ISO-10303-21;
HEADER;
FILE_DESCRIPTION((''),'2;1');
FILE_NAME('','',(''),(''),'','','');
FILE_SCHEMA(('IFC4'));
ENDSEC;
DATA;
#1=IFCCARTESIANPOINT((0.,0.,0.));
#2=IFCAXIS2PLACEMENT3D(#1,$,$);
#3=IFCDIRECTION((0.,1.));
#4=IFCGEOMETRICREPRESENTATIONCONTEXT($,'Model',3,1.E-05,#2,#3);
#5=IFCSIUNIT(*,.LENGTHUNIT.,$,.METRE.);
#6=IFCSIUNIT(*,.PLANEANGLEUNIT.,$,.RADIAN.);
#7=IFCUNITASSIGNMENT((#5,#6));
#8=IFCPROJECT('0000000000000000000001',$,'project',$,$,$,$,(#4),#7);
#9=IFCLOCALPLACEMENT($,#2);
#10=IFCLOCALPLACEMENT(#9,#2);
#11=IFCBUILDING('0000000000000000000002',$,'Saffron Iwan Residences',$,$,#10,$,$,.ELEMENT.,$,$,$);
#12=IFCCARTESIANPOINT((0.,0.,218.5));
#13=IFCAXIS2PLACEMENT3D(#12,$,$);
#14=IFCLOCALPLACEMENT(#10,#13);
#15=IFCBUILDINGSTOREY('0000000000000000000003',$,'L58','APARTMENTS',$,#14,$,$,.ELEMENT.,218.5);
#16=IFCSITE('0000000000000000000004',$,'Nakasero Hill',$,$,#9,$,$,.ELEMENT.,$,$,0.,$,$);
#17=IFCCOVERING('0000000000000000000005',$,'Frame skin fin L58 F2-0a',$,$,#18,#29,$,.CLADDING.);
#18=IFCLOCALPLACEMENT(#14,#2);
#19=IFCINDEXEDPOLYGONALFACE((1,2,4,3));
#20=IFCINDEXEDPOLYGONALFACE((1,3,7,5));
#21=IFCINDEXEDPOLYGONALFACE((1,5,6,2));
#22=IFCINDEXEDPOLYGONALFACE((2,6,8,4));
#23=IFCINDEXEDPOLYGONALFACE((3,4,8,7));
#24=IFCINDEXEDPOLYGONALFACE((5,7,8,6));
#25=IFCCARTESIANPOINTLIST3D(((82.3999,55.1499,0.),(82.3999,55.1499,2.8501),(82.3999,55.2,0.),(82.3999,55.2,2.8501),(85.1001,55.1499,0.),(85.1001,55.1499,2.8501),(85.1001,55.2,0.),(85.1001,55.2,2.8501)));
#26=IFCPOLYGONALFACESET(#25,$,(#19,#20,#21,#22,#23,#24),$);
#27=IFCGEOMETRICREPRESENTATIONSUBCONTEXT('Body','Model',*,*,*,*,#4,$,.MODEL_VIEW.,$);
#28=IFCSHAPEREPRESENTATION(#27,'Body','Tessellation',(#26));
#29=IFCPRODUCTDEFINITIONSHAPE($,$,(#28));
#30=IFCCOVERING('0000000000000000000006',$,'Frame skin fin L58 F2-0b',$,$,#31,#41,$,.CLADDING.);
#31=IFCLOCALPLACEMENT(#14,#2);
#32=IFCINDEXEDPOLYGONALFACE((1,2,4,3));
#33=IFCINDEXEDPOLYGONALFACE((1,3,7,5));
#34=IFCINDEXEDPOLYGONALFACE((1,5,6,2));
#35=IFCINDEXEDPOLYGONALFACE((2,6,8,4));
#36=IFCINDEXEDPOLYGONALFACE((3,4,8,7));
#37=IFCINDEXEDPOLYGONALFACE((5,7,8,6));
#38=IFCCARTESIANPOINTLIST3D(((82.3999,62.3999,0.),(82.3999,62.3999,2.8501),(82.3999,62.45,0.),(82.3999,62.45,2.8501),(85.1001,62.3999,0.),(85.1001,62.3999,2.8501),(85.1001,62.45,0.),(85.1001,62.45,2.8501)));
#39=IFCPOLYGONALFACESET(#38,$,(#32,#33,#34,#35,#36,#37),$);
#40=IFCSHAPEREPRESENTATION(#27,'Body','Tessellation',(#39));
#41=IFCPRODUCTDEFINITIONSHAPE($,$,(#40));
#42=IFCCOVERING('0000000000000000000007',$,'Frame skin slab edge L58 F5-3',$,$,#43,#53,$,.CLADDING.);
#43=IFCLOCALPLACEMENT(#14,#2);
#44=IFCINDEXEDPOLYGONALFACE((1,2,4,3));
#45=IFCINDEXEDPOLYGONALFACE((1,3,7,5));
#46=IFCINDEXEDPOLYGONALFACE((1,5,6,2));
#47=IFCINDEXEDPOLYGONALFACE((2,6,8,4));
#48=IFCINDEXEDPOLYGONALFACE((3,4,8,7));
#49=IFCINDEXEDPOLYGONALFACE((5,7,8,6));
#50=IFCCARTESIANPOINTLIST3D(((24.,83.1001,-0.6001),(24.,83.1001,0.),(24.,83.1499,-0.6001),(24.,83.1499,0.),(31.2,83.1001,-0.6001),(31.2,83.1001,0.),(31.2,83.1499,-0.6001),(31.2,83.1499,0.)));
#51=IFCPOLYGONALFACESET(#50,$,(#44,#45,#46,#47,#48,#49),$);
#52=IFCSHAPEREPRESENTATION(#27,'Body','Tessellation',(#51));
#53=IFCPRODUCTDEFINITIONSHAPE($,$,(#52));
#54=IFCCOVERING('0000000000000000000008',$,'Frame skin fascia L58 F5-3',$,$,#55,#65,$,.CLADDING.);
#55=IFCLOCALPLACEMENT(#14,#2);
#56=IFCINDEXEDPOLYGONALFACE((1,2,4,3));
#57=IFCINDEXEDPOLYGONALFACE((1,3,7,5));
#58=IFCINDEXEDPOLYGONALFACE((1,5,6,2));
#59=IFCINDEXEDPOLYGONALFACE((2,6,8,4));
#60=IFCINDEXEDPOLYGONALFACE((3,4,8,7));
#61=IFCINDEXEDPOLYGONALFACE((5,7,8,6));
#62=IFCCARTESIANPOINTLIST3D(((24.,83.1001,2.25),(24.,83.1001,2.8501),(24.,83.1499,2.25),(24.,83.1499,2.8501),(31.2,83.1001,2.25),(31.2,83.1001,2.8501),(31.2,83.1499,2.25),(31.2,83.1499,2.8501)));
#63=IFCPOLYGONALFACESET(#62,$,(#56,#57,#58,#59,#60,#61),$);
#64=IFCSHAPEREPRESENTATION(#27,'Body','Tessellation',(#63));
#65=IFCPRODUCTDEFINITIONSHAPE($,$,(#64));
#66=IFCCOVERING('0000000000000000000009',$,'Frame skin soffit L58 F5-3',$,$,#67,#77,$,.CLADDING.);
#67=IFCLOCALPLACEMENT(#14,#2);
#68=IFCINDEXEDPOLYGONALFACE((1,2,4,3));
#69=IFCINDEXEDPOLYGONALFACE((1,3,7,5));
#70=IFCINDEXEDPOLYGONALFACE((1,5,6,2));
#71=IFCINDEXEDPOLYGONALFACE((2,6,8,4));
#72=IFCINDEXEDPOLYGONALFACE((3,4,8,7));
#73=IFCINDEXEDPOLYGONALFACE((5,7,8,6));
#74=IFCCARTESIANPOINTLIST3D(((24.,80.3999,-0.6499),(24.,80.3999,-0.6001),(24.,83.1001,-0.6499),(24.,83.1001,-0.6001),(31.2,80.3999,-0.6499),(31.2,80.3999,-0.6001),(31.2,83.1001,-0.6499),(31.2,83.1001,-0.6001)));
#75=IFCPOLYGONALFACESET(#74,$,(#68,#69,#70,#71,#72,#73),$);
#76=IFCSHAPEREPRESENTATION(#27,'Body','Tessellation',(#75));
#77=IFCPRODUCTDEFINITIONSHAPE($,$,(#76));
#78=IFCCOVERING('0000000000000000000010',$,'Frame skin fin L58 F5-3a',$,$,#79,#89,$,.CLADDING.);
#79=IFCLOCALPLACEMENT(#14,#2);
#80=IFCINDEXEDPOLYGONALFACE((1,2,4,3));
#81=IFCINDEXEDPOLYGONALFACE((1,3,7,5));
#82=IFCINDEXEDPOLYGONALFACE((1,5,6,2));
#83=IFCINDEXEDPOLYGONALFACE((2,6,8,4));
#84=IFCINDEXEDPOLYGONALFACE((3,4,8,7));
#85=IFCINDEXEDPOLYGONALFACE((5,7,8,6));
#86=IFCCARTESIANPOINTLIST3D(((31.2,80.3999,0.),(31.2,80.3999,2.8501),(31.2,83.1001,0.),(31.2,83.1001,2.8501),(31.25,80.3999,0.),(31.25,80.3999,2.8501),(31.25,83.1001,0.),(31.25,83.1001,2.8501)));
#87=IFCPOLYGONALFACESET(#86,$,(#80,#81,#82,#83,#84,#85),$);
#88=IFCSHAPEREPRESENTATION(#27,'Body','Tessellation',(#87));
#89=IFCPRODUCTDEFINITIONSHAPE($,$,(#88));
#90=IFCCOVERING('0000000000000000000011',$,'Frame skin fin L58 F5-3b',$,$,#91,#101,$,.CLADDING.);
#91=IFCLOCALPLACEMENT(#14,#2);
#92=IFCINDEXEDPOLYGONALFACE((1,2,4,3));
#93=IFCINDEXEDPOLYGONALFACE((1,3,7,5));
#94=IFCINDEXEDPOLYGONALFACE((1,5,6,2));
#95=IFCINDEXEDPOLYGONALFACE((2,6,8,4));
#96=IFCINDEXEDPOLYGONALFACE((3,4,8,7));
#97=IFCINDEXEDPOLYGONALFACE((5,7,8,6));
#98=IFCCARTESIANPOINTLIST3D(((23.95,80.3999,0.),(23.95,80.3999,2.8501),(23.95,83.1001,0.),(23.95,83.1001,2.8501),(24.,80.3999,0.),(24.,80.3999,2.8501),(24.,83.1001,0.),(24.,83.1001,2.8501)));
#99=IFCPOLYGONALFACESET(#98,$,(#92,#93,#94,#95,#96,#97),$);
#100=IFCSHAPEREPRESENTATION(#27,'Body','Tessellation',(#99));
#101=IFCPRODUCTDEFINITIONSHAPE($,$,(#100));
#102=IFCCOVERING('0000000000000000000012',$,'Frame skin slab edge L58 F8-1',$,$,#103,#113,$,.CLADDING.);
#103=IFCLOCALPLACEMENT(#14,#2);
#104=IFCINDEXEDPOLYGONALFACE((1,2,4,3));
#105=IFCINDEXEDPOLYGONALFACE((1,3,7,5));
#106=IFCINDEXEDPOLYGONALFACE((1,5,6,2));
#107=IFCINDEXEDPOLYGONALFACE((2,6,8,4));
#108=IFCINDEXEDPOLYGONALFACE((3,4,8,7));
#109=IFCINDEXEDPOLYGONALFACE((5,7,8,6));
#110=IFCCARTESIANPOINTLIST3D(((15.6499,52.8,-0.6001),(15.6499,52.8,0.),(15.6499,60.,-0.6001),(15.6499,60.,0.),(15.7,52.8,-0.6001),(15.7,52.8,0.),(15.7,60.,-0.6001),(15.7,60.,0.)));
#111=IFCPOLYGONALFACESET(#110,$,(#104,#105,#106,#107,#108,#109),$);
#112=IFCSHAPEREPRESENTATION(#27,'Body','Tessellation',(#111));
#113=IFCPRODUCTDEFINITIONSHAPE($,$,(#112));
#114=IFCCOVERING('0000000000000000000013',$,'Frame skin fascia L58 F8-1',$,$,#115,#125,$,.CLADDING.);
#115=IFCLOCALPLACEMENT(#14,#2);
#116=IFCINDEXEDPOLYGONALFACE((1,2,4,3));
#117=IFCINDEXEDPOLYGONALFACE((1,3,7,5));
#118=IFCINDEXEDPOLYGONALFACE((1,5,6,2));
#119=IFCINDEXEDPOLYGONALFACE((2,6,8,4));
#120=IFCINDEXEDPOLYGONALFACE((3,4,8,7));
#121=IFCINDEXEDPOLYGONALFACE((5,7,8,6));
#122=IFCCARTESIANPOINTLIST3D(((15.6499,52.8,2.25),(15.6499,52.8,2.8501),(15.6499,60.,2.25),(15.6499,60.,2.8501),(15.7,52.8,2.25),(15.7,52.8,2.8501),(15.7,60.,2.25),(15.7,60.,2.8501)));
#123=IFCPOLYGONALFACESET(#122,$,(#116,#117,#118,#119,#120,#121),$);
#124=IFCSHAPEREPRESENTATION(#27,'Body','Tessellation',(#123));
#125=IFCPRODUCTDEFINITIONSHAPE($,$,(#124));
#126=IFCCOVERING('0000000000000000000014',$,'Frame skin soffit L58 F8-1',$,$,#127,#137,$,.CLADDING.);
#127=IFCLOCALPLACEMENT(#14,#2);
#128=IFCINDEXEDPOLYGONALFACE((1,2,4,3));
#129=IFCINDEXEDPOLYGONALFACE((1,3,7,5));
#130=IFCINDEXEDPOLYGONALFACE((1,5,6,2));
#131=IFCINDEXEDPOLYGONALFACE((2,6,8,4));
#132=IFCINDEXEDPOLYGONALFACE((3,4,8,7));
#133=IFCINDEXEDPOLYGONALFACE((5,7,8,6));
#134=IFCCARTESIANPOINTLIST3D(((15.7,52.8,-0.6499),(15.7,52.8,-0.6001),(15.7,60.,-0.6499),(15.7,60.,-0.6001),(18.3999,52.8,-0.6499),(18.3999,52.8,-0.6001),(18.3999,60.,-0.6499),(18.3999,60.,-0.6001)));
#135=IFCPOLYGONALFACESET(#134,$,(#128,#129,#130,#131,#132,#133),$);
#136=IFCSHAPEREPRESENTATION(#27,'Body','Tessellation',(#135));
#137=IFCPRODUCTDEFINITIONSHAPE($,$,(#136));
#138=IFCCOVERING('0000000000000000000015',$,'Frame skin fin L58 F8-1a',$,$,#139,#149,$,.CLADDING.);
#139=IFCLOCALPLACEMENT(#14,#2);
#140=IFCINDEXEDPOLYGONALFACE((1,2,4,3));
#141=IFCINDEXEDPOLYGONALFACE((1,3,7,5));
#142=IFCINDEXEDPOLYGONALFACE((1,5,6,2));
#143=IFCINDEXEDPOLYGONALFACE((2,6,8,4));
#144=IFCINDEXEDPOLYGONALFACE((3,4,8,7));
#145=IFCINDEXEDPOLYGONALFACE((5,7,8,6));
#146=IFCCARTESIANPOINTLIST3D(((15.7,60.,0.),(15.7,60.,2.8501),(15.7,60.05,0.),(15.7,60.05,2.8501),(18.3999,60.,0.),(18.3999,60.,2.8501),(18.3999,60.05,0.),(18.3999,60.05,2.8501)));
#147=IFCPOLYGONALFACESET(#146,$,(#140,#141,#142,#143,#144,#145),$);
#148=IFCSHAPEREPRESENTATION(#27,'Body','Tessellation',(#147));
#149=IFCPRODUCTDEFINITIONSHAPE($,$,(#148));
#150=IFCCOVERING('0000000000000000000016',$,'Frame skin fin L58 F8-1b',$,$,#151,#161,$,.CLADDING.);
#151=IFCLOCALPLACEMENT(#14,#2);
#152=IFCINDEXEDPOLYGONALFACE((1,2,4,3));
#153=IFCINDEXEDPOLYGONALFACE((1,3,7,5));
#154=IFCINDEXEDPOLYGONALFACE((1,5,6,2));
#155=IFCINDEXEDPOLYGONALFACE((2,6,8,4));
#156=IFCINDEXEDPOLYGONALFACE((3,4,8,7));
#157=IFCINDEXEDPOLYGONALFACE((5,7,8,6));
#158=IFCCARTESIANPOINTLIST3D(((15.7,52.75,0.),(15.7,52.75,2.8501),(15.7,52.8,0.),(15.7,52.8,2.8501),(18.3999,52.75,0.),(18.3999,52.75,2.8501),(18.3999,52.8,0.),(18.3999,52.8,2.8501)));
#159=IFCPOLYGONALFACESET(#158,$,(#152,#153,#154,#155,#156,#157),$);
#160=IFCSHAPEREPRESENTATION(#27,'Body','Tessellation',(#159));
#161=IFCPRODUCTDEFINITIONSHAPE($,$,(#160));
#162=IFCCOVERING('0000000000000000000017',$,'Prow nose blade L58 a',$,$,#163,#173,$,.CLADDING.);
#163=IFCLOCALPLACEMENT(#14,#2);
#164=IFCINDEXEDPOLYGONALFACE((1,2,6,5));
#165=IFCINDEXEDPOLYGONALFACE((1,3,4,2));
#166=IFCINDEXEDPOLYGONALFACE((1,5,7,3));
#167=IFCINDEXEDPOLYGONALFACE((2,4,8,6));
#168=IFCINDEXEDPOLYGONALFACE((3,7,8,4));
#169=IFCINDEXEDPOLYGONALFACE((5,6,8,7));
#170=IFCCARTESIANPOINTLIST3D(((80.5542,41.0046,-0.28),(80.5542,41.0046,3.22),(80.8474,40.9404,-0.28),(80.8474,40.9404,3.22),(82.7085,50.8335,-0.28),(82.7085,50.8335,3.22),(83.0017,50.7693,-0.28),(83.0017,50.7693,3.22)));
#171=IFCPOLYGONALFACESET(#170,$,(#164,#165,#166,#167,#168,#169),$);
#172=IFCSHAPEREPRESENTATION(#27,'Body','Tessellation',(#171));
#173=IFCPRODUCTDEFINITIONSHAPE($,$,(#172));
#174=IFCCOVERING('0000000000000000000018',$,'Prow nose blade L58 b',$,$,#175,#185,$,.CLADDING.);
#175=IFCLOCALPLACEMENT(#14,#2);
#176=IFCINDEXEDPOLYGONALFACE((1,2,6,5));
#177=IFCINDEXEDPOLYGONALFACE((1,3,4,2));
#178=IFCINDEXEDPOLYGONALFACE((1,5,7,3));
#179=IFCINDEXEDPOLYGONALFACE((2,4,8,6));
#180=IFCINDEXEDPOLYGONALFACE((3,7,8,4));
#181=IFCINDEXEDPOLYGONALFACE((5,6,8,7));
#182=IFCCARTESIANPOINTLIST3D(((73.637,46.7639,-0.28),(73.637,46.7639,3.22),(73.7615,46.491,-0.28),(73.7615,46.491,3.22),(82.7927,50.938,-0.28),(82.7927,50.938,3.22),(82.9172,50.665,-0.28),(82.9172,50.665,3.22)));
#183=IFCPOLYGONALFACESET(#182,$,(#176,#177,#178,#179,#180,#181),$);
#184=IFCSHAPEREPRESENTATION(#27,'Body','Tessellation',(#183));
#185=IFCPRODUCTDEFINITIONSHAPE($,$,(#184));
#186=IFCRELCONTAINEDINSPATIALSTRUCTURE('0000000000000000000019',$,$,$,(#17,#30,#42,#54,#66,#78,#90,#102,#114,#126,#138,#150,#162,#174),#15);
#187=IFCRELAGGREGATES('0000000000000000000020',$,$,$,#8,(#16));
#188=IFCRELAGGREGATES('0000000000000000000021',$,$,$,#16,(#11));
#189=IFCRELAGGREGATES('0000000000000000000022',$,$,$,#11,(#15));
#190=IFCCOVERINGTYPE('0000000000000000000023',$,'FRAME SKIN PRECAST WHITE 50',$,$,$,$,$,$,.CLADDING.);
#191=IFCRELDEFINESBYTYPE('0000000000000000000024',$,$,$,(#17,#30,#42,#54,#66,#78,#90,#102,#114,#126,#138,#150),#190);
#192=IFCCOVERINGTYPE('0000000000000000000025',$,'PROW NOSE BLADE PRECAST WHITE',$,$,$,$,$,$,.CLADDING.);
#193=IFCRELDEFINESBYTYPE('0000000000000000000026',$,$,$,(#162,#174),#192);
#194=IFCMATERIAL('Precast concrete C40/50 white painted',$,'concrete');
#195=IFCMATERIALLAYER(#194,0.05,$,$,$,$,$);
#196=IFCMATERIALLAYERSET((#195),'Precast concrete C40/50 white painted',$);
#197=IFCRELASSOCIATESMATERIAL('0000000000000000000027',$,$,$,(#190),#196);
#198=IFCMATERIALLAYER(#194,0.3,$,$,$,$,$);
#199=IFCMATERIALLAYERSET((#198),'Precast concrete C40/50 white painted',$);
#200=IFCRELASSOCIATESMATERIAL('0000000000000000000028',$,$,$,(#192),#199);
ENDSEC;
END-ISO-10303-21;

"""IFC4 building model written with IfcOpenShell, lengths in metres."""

from ifc_helpers import new_model, si_unit, direction, frame, origin, place, context, subcontext, project, spatial, polyline, outline, extrude, material, layer, layer_set, type_object, element, save


model = new_model("IFC4")

# Units and contexts
model_context = context("Model", 3, precision=1e-05, world=origin(), true_north=direction((0.0, 1.0)))
body_context = subcontext(model_context, "Body", "Model", "MODEL_VIEW")
ifc_project = project(units=[si_unit("LENGTHUNIT", "METRE"), si_unit("PLANEANGLEUNIT", "RADIAN")], contexts=[model_context])

# Site, building, storey
site_placement = place(None, origin())
site = spatial("IfcSite", under=ifc_project, at=site_placement, Name="Nakasero Hill", CompositionType="ELEMENT", RefElevation=0.0)
building_placement = place(site_placement, origin())
building = spatial("IfcBuilding", under=site, at=building_placement, Name="Saffron Iwan Residences", CompositionType="ELEMENT")
storey_placement = place(building_placement, frame((0.0, 0.0, 218.5)))
storey = spatial("IfcBuildingStorey", under=building, at=storey_placement, Name="L58", Description="APARTMENTS", CompositionType="ELEMENT", Elevation=218.5)

# Coverings
ifc_material_1 = material(Name="Precast concrete C40/50 white painted", Category="concrete")
ifc_layer_1 = layer(ifc_material_1, 0.05)
ifc_layer_set_1 = layer_set([ifc_layer_1], Name="Precast concrete C40/50 white painted")
covering_type_1 = type_object("IfcCoveringType", Name="FRAME SKIN PRECAST WHITE 50", PredefinedType="CLADDING", material=ifc_layer_set_1)
covering_1_placement = place(storey_placement, origin())
element("IfcCovering", 1, at=covering_1_placement, inside=storey, type_object=covering_type_1, Name="Frame skin fin L58 F2-0a", PredefinedType="CLADDING", context=body_context, shape_type="SweptSolid", body=[
    extrude(outline(polyline([(85.1001, 55.1499), (85.1001, 55.2), (82.3999, 55.2), (82.3999, 55.1499), (85.1001, 55.1499)])), origin(), (0.0, 0.0, 1.0), 2.8501),
])
covering_2_placement = place(storey_placement, origin())
element("IfcCovering", 2, at=covering_2_placement, inside=storey, type_object=covering_type_1, Name="Frame skin fin L58 F2-0b", PredefinedType="CLADDING", context=body_context, shape_type="SweptSolid", body=[
    extrude(outline(polyline([(85.1001, 62.3999), (85.1001, 62.45), (82.3999, 62.45), (82.3999, 62.3999), (85.1001, 62.3999)])), origin(), (0.0, 0.0, 1.0), 2.8501),
])
for number, where, name in (
    (3, (0.0, 0.0, -0.6001), "Frame skin slab edge L58 F5-3"),
    (4, (0.0, 0.0, 2.25), "Frame skin fascia L58 F5-3"),
):
    element("IfcCovering", number, at=place(storey_placement, frame(where)), inside=storey, type_object=covering_type_1, Name=name, PredefinedType="CLADDING", context=body_context, shape_type="SweptSolid", body=[
        extrude(outline(polyline([(31.2, 83.1499), (24.0, 83.1499), (24.0, 83.1001), (31.2, 83.1001), (31.2, 83.1499)])), origin(), (0.0, 0.0, 1.0), 0.6001),
    ])
covering_3_placement = place(storey_placement, frame((0.0, 0.0, -0.6499)))
element("IfcCovering", 5, at=covering_3_placement, inside=storey, type_object=covering_type_1, Name="Frame skin soffit L58 F5-3", PredefinedType="CLADDING", context=body_context, shape_type="SweptSolid", body=[
    extrude(outline(polyline([(31.2, 83.1001), (24.0, 83.1001), (24.0, 80.3999), (31.2, 80.3999), (31.2, 83.1001)])), origin(), (0.0, 0.0, 1.0), 0.0498),
])
covering_4_placement = place(storey_placement, origin())
element("IfcCovering", 6, at=covering_4_placement, inside=storey, type_object=covering_type_1, Name="Frame skin fin L58 F5-3a", PredefinedType="CLADDING", context=body_context, shape_type="SweptSolid", body=[
    extrude(outline(polyline([(31.25, 83.1001), (31.2, 83.1001), (31.2, 80.3999), (31.25, 80.3999), (31.25, 83.1001)])), origin(), (0.0, 0.0, 1.0), 2.8501),
])
covering_5_placement = place(storey_placement, origin())
element("IfcCovering", 7, at=covering_5_placement, inside=storey, type_object=covering_type_1, Name="Frame skin fin L58 F5-3b", PredefinedType="CLADDING", context=body_context, shape_type="SweptSolid", body=[
    extrude(outline(polyline([(24.0, 83.1001), (23.95, 83.1001), (23.95, 80.3999), (24.0, 80.3999), (24.0, 83.1001)])), origin(), (0.0, 0.0, 1.0), 2.8501),
])
for number, where, name in (
    (8, (0.0, 0.0, -0.6001), "Frame skin slab edge L58 F8-1"),
    (9, (0.0, 0.0, 2.25), "Frame skin fascia L58 F8-1"),
):
    element("IfcCovering", number, at=place(storey_placement, frame(where)), inside=storey, type_object=covering_type_1, Name=name, PredefinedType="CLADDING", context=body_context, shape_type="SweptSolid", body=[
        extrude(outline(polyline([(15.6499, 60.0), (15.6499, 52.8), (15.7, 52.8), (15.7, 60.0), (15.6499, 60.0)])), origin(), (0.0, 0.0, 1.0), 0.6001),
    ])
covering_6_placement = place(storey_placement, frame((0.0, 0.0, -0.6499)))
element("IfcCovering", 10, at=covering_6_placement, inside=storey, type_object=covering_type_1, Name="Frame skin soffit L58 F8-1", PredefinedType="CLADDING", context=body_context, shape_type="SweptSolid", body=[
    extrude(outline(polyline([(15.7, 60.0), (15.7, 52.8), (18.3999, 52.8), (18.3999, 60.0), (15.7, 60.0)])), origin(), (0.0, 0.0, 1.0), 0.0498),
])
covering_7_placement = place(storey_placement, origin())
element("IfcCovering", 11, at=covering_7_placement, inside=storey, type_object=covering_type_1, Name="Frame skin fin L58 F8-1a", PredefinedType="CLADDING", context=body_context, shape_type="SweptSolid", body=[
    extrude(outline(polyline([(15.7, 60.05), (15.7, 60.0), (18.3999, 60.0), (18.3999, 60.05), (15.7, 60.05)])), origin(), (0.0, 0.0, 1.0), 2.8501),
])
covering_8_placement = place(storey_placement, origin())
element("IfcCovering", 12, at=covering_8_placement, inside=storey, type_object=covering_type_1, Name="Frame skin fin L58 F8-1b", PredefinedType="CLADDING", context=body_context, shape_type="SweptSolid", body=[
    extrude(outline(polyline([(15.7, 52.8), (15.7, 52.75), (18.3999, 52.75), (18.3999, 52.8), (15.7, 52.8)])), origin(), (0.0, 0.0, 1.0), 2.8501),
])
ifc_layer_2 = layer(ifc_material_1, 0.3)
ifc_layer_set_2 = layer_set([ifc_layer_2], Name="Precast concrete C40/50 white painted")
covering_type_2 = type_object("IfcCoveringType", Name="PROW NOSE BLADE PRECAST WHITE", PredefinedType="CLADDING", material=ifc_layer_set_2)
covering_9_placement = place(storey_placement, frame((0.0, 0.0, -0.28)))
element("IfcCovering", 13, at=covering_9_placement, inside=storey, type_object=covering_type_2, Name="Prow nose blade L58 a", PredefinedType="CLADDING", context=body_context, shape_type="SweptSolid", body=[
    extrude(outline(polyline([(80.8474, 40.9404), (83.0017, 50.7693), (82.7085, 50.8335), (80.5542, 41.0046), (80.8474, 40.9404)])), origin(), (0.0, 0.0, 1.0), 3.5),
])
covering_10_placement = place(storey_placement, frame((0.0, 0.0, -0.28)))
element("IfcCovering", 14, at=covering_10_placement, inside=storey, type_object=covering_type_2, Name="Prow nose blade L58 b", PredefinedType="CLADDING", context=body_context, shape_type="SweptSolid", body=[
    extrude(outline(polyline([(73.7615, 46.491), (82.9172, 50.665), (82.7927, 50.938), (73.637, 46.7639), (73.7615, 46.491)])), origin(), (0.0, 0.0, 1.0), 3.5),
])

save(model, "model.ifc")
